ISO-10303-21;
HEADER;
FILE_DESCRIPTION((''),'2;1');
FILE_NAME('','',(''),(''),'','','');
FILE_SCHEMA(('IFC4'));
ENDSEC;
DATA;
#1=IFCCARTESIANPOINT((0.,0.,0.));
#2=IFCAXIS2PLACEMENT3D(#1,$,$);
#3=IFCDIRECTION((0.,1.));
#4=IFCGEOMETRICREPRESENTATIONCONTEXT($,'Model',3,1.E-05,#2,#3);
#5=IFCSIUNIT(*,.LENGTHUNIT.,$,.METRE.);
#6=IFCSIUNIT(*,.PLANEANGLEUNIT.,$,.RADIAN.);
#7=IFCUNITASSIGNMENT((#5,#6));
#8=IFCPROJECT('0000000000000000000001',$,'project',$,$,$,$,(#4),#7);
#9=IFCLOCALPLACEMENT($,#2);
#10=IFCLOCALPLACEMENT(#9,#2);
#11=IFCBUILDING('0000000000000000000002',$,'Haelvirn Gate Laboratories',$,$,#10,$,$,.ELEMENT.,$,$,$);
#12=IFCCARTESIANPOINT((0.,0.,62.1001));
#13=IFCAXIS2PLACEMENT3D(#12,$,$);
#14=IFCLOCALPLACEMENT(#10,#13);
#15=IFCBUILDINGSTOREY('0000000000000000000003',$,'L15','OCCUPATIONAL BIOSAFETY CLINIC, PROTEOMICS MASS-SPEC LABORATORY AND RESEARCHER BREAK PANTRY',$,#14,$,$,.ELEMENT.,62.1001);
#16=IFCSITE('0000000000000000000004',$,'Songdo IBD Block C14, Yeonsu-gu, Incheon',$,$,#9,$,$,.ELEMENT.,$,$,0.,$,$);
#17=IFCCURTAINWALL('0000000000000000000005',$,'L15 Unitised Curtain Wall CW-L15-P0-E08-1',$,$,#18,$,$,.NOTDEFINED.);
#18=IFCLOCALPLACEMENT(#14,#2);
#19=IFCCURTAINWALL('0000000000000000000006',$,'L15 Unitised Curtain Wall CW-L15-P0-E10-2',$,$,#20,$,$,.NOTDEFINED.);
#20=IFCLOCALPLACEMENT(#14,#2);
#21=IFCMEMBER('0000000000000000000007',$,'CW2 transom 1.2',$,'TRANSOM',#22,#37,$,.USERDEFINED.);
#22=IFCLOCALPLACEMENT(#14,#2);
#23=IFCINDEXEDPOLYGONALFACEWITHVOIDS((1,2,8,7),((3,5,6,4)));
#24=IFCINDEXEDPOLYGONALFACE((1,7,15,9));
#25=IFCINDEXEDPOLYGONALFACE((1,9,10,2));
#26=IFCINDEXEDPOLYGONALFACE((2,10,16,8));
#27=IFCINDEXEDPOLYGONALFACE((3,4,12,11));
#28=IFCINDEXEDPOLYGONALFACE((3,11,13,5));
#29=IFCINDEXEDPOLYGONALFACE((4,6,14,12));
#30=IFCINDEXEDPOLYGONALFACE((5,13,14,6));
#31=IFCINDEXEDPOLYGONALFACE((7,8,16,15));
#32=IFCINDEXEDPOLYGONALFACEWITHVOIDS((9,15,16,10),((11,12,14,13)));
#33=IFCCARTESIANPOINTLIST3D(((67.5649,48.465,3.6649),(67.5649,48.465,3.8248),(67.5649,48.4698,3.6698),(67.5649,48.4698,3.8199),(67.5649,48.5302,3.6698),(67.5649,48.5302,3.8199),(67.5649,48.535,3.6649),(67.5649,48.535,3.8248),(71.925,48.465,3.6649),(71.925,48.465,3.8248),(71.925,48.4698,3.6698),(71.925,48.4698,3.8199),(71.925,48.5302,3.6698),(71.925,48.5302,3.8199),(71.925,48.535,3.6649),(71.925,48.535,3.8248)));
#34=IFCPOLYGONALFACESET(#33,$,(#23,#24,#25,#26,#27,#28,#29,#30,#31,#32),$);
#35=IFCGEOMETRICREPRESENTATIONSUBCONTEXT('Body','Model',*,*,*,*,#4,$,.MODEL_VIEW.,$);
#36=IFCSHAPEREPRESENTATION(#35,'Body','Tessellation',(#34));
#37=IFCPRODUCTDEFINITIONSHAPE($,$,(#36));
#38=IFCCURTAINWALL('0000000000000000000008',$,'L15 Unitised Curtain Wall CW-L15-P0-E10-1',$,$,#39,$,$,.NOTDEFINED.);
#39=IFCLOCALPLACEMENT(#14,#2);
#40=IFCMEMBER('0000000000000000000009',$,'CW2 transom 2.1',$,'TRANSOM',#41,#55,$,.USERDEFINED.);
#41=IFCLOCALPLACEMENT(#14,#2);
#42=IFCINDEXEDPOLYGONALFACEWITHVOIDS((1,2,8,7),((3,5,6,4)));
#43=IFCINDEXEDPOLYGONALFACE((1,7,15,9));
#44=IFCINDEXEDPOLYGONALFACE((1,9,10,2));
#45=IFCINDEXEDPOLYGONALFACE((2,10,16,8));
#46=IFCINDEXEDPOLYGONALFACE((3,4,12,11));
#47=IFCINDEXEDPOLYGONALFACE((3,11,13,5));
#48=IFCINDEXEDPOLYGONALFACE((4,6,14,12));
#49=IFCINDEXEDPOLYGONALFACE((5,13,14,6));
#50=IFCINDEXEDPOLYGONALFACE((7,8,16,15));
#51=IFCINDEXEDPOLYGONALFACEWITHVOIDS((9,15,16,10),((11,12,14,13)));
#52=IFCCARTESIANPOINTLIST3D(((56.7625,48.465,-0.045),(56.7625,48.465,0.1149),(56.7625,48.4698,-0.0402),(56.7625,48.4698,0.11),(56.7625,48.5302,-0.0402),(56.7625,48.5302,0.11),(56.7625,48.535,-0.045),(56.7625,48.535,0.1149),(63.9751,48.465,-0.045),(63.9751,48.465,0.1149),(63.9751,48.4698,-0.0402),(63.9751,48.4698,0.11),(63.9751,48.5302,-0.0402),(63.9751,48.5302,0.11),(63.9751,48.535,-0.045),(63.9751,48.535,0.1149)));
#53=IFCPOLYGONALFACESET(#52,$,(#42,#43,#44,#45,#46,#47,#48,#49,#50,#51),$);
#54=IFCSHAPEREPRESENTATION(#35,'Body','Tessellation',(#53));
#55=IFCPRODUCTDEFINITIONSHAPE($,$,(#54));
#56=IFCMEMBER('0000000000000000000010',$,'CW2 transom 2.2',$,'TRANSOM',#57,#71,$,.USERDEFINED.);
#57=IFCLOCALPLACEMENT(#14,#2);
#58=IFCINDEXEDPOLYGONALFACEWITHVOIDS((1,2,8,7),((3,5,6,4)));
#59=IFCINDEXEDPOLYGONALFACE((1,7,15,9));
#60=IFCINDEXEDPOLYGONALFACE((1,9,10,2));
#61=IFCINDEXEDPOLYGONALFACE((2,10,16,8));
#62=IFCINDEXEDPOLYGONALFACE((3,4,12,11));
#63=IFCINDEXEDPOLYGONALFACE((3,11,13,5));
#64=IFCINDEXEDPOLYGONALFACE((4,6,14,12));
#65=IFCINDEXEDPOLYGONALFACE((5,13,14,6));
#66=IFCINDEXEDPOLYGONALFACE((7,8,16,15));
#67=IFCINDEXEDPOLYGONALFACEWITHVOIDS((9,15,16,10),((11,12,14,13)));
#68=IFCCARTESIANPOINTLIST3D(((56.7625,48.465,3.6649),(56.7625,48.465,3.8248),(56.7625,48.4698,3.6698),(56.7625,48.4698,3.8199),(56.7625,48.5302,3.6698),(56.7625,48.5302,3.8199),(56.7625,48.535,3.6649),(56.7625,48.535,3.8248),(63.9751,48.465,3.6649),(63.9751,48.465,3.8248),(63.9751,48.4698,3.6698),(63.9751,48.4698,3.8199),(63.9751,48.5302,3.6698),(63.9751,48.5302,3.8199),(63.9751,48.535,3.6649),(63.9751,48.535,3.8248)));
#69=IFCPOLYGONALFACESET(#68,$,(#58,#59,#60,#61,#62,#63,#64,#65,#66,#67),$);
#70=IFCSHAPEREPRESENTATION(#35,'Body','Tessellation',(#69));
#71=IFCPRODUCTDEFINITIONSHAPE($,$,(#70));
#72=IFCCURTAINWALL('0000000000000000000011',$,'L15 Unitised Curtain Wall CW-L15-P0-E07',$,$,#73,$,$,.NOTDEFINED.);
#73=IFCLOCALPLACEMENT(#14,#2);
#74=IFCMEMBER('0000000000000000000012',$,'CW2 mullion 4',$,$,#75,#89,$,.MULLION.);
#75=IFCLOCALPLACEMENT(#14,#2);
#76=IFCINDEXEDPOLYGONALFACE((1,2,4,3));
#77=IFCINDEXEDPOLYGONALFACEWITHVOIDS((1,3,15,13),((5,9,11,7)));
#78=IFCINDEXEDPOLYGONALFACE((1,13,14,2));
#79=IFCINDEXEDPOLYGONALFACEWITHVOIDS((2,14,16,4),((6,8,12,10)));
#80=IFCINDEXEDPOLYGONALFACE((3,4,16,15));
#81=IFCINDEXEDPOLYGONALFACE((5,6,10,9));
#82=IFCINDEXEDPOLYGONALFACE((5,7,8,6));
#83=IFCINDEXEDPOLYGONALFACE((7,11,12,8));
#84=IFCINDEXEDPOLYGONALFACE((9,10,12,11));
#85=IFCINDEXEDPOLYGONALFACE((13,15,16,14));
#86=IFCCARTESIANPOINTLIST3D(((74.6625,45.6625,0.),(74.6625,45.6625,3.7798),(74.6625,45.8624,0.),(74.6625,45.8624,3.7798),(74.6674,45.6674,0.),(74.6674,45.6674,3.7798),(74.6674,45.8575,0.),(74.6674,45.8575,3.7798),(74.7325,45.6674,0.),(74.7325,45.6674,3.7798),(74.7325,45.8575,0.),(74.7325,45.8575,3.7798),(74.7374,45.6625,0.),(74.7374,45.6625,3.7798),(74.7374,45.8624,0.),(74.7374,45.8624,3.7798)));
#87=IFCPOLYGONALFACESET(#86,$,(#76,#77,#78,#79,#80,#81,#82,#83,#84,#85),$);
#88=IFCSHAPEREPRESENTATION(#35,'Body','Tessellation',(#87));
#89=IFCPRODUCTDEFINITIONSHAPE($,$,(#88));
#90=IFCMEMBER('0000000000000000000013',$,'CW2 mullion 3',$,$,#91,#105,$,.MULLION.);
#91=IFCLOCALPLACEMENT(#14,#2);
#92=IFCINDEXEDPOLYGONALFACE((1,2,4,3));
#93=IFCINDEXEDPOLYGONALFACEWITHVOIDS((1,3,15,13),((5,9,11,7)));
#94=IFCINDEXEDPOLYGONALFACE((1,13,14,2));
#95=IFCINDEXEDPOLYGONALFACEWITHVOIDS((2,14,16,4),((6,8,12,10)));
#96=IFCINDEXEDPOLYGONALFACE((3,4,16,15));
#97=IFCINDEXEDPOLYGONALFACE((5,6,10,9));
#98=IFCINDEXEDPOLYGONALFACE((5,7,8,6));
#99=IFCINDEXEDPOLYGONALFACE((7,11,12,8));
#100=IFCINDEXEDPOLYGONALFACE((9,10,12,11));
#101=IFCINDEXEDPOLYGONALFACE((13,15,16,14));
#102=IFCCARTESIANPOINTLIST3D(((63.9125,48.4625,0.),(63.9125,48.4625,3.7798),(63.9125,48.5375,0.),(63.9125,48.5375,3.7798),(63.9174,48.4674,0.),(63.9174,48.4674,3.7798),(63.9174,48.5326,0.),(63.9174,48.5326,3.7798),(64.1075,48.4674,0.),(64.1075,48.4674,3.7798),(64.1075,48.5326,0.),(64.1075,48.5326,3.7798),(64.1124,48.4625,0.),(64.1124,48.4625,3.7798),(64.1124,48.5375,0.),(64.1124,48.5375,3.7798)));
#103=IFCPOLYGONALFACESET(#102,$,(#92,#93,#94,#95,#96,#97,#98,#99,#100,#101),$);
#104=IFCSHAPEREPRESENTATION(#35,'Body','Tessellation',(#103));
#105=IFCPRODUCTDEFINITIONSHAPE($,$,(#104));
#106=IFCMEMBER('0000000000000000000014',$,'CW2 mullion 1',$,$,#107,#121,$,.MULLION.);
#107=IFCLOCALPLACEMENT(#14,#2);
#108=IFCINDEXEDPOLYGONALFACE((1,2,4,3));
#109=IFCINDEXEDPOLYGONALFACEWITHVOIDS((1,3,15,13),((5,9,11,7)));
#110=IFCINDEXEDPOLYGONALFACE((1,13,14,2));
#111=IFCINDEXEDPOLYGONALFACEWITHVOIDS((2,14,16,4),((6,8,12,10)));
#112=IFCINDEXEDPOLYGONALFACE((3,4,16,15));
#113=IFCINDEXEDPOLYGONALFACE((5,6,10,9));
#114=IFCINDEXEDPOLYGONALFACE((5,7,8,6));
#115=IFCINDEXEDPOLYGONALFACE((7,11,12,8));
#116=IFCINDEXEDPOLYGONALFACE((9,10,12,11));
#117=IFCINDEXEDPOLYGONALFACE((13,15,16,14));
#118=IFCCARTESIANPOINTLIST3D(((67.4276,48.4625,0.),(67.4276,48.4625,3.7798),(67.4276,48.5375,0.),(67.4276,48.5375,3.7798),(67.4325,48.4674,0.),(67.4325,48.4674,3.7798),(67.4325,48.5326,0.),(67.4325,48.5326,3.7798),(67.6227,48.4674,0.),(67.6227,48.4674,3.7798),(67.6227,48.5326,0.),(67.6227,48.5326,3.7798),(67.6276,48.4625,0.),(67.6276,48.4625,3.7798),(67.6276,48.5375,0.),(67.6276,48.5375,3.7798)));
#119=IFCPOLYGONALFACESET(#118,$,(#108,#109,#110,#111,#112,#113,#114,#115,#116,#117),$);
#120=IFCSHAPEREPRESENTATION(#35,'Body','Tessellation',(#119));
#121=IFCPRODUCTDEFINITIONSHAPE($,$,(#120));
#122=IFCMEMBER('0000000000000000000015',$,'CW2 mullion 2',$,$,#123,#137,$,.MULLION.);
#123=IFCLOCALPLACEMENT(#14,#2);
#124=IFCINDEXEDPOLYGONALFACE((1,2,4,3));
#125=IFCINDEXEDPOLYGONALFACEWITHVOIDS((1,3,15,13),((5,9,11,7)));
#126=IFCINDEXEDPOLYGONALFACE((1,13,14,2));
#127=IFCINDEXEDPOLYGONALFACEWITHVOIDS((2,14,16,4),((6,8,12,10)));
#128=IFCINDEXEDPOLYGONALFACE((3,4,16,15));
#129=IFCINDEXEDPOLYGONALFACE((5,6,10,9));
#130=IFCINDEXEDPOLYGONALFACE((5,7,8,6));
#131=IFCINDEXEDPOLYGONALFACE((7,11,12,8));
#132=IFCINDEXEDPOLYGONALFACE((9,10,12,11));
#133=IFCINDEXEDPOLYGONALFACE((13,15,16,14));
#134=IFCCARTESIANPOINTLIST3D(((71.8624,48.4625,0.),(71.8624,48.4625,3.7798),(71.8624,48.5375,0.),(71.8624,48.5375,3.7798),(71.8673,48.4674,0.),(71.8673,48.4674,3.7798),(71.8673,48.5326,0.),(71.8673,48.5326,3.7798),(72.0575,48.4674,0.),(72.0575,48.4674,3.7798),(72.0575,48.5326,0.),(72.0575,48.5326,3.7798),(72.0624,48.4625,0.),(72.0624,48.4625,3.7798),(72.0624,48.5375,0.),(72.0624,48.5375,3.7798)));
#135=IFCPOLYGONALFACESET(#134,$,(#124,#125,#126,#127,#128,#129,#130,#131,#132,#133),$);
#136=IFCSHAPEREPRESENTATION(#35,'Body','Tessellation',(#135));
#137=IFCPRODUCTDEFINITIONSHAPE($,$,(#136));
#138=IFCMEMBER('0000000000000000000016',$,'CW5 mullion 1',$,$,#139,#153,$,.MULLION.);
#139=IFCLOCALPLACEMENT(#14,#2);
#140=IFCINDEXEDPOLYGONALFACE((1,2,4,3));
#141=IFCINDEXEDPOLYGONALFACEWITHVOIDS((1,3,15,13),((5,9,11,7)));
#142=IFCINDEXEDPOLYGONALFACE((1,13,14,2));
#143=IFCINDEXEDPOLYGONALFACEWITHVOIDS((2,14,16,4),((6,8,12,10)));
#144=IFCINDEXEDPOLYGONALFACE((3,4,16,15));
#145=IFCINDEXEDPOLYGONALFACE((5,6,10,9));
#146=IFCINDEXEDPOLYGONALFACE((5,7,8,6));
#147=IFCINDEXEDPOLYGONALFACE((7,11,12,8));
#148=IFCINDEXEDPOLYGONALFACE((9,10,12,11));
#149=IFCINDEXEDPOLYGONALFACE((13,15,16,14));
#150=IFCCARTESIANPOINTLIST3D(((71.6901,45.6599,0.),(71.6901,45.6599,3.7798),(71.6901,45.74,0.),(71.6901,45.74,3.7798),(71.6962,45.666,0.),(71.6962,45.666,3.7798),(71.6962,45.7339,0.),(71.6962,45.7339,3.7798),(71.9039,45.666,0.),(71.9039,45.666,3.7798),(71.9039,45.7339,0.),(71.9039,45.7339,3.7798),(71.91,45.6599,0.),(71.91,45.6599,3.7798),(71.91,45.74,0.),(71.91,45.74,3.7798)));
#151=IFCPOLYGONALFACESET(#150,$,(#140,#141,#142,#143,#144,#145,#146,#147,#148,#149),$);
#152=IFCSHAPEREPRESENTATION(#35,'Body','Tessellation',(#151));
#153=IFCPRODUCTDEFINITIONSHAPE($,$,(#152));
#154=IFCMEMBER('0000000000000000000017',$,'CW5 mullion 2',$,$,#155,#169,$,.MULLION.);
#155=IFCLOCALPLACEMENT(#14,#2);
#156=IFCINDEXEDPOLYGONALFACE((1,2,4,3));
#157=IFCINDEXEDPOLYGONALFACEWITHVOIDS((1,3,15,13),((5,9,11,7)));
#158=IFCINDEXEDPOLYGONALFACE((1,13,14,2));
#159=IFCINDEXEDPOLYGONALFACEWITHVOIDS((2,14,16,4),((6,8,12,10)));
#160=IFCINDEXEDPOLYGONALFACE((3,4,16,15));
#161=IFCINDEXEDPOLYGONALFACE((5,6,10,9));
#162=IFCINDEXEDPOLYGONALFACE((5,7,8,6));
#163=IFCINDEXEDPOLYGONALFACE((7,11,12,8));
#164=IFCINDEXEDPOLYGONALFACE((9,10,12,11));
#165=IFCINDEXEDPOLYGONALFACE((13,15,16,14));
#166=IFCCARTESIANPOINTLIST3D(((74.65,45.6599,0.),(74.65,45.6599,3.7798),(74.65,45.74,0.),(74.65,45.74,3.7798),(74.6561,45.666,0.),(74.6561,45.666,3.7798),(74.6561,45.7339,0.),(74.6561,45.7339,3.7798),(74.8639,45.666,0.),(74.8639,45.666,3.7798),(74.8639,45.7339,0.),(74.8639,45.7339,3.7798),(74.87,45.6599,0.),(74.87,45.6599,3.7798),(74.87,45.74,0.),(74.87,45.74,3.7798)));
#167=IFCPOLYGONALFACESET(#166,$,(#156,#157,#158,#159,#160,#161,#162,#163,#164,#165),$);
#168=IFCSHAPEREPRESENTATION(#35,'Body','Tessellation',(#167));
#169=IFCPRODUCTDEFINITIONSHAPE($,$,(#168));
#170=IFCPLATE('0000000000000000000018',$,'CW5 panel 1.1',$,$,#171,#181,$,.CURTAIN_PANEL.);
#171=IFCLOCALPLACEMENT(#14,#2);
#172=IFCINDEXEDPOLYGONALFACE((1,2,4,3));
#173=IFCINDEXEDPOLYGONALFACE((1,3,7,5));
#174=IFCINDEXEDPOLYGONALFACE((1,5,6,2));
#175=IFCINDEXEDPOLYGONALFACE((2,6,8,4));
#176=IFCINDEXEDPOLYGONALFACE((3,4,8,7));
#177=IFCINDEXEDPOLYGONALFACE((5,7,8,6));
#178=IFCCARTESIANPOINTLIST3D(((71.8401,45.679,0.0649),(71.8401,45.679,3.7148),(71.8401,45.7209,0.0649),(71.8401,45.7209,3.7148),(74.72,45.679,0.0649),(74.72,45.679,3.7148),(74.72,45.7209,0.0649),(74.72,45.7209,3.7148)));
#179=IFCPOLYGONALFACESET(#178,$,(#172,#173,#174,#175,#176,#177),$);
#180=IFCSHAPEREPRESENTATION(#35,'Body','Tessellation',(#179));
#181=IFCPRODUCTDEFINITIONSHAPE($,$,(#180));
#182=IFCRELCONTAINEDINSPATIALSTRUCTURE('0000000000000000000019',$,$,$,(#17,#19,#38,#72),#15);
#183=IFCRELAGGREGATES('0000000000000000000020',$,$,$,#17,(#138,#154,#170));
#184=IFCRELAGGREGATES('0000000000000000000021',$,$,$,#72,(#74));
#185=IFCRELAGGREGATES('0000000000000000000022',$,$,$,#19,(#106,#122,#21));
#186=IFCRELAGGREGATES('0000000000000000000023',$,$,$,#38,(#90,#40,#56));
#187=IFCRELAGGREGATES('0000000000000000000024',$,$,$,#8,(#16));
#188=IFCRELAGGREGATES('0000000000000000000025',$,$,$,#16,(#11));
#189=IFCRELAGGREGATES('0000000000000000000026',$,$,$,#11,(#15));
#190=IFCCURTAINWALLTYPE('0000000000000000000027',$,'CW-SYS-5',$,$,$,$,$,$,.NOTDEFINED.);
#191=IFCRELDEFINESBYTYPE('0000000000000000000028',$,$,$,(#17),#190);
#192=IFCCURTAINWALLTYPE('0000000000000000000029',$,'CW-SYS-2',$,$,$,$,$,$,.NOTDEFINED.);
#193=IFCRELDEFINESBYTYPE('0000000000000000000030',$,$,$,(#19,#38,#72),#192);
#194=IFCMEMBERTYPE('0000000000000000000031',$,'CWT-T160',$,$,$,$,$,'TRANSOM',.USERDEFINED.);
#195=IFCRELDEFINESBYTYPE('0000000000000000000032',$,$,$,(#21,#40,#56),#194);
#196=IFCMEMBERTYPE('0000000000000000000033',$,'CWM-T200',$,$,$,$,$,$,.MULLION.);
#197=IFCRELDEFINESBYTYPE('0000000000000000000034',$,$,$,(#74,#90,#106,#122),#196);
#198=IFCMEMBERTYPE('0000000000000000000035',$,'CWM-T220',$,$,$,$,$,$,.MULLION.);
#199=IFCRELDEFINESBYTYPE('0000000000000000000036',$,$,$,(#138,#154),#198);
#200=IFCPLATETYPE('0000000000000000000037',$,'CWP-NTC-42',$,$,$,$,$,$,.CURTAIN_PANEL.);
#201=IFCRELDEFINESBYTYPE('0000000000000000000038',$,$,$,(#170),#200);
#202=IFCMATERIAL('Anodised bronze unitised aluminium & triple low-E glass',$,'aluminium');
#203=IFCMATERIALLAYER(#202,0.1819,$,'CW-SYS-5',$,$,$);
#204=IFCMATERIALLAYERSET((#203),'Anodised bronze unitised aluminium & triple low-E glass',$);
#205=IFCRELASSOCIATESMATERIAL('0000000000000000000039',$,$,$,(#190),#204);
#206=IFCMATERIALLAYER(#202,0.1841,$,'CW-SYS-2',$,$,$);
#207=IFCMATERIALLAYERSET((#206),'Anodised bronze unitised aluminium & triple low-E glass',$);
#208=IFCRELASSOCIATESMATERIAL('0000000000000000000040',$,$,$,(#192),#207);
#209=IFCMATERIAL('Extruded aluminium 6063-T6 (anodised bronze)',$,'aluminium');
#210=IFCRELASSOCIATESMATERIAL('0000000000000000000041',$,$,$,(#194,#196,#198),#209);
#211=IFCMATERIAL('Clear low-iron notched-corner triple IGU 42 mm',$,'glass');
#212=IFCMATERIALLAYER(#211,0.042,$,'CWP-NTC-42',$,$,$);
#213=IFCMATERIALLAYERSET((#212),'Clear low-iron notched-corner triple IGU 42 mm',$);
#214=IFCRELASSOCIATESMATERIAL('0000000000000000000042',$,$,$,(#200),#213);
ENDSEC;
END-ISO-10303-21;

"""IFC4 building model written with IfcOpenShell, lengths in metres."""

from ifc_helpers import new_model, si_unit, direction, frame, origin, origin_2d, place, context, subcontext, project, spatial, rectangle, hollow_rectangle, extrude, source, transform, mapped, material, layer, layer_set, material_profile, profile_set, type_object, type_shapes, element, aggregate, save


model = new_model("IFC4")

# Units and contexts
model_context = context("Model", 3, precision=1e-05, world=origin(), true_north=direction((0.0, 1.0)))
body_context = subcontext(model_context, "Body", "Model", "MODEL_VIEW")
ifc_project = project(units=[si_unit("LENGTHUNIT", "METRE"), si_unit("PLANEANGLEUNIT", "RADIAN")], contexts=[model_context])

# Site, building, storey
site_placement = place(None, origin())
site = spatial("IfcSite", under=ifc_project, at=site_placement, Name="Songdo IBD Block C14, Yeonsu-gu, Incheon", CompositionType="ELEMENT", RefElevation=0.0)
building_placement = place(site_placement, origin())
building = spatial("IfcBuilding", under=site, at=building_placement, Name="Haelvirn Gate Laboratories", CompositionType="ELEMENT")
storey_placement = place(building_placement, frame((0.0, 0.0, 62.1001)))
storey = spatial("IfcBuildingStorey", under=building, at=storey_placement, Name="L15", Description="OCCUPATIONAL BIOSAFETY CLINIC, PROTEOMICS MASS-SPEC LABORATORY AND RESEARCHER BREAK PANTRY", CompositionType="ELEMENT", Elevation=62.1001)

# Curtain walls, members
ifc_material_1 = material(Name="Anodised bronze unitised aluminium & triple low-E glass", Category="aluminium")
ifc_layer_1 = layer(ifc_material_1, 0.1819, Name="CW-SYS-5")
ifc_layer_set_1 = layer_set([ifc_layer_1], Name="Anodised bronze unitised aluminium & triple low-E glass")
curtain_wall_type_1 = type_object("IfcCurtainWallType", Name="CW-SYS-5", PredefinedType="NOTDEFINED", material=ifc_layer_set_1)
curtain_wall_1_placement = place(storey_placement, origin())
curtain_wall_1 = element("IfcCurtainWall", 1, at=curtain_wall_1_placement, inside=storey, type_object=curtain_wall_type_1, Name="L15 Unitised Curtain Wall CW-L15-P0-E08-1", PredefinedType="NOTDEFINED")
ifc_material_2 = material(Name="Extruded aluminium 6063-T6 (anodised bronze)", Category="aluminium")
ifc_layer_2 = layer(ifc_material_1, 0.1841, Name="CW-SYS-2")
ifc_layer_set_2 = layer_set([ifc_layer_2], Name="Anodised bronze unitised aluminium & triple low-E glass")
curtain_wall_type_2 = type_object("IfcCurtainWallType", Name="CW-SYS-2", PredefinedType="NOTDEFINED", material=ifc_layer_set_2)
curtain_wall_2_placement = place(storey_placement, origin())
curtain_wall_2 = element("IfcCurtainWall", 2, at=curtain_wall_2_placement, inside=storey, type_object=curtain_wall_type_2, Name="L15 Unitised Curtain Wall CW-L15-P0-E10-2", PredefinedType="NOTDEFINED")
ifc_material_profile_1 = material_profile(ifc_material_2, hollow_rectangle(XDim=0.0701, YDim=0.1599, WallThickness=0.0049, at=origin_2d()), Name="CWT-160x70x5")
ifc_profile_set_1 = profile_set([ifc_material_profile_1], Name="Extruded aluminium 6063-T6 (anodised bronze)")
member_type_1 = type_object("IfcMemberType", Name="CWT-T160", ElementType="TRANSOM", PredefinedType="USERDEFINED", material=ifc_profile_set_1)
shared_shape_1 = source(origin(), body_context, "Body", "SweptSolid", [
    extrude(hollow_rectangle(XDim=0.0701, YDim=0.1599, WallThickness=0.0049, at=origin_2d()), origin(), (0.0, 0.0, 1.0), 4.3601),
])
member_1_placement = place(storey_placement, frame((67.5649, 48.5, 3.7449), z_axis=(1.0, 0.0, 0.0), x_axis=(0.0, 1.0, 0.0)))
member_1 = element("IfcMember", 3, at=member_1_placement, type_object=member_type_1, Name="CW2 transom 1.2", ObjectType="TRANSOM", PredefinedType="USERDEFINED", context=body_context, shape_type="MappedRepresentation", body=[
    mapped(shared_shape_1, transform((0.0, 0.0, 0.0), scale=1.0)),
])
curtain_wall_3_placement = place(storey_placement, origin())
curtain_wall_3 = element("IfcCurtainWall", 4, at=curtain_wall_3_placement, inside=storey, type_object=curtain_wall_type_2, Name="L15 Unitised Curtain Wall CW-L15-P0-E10-1", PredefinedType="NOTDEFINED")
shared_shape_2 = source(origin(), body_context, "Body", "SweptSolid", [
    extrude(hollow_rectangle(XDim=0.0701, YDim=0.1599, WallThickness=0.0049, at=origin_2d()), origin(), (0.0, 0.0, 1.0), 7.2126),
])
type_shapes(member_type_1, [shared_shape_1, shared_shape_2])
member_2_placement = place(storey_placement, frame((56.7625, 48.5, 0.0349), z_axis=(1.0, 0.0, 0.0), x_axis=(0.0, 1.0, 0.0)))
member_2 = element("IfcMember", 5, at=member_2_placement, type_object=member_type_1, Name="CW2 transom 2.1", ObjectType="TRANSOM", PredefinedType="USERDEFINED", context=body_context, shape_type="MappedRepresentation", body=[
    mapped(shared_shape_2, transform((0.0, 0.0, 0.0), scale=1.0)),
])
member_3_placement = place(storey_placement, frame((56.7625, 48.5, 3.7449), z_axis=(1.0, 0.0, 0.0), x_axis=(0.0, 1.0, 0.0)))
member_3 = element("IfcMember", 6, at=member_3_placement, type_object=member_type_1, Name="CW2 transom 2.2", ObjectType="TRANSOM", PredefinedType="USERDEFINED", context=body_context, shape_type="MappedRepresentation", body=[
    mapped(shared_shape_2, transform((0.0, 0.0, 0.0), scale=1.0)),
])

# Curtain wall, member
curtain_wall_4_placement = place(storey_placement, origin())
curtain_wall_4 = element("IfcCurtainWall", 7, at=curtain_wall_4_placement, inside=storey, type_object=curtain_wall_type_2, Name="L15 Unitised Curtain Wall CW-L15-P0-E07", PredefinedType="NOTDEFINED")
ifc_material_profile_2 = material_profile(ifc_material_2, hollow_rectangle(XDim=0.075, YDim=0.2, WallThickness=0.0049, at=origin_2d()), Name="CWM-200x75x5")
ifc_profile_set_2 = profile_set([ifc_material_profile_2], Name="Extruded aluminium 6063-T6 (anodised bronze)")
member_type_2 = type_object("IfcMemberType", Name="CWM-T200", PredefinedType="MULLION", material=ifc_profile_set_2)
shared_shape_3 = source(origin(), body_context, "Body", "SweptSolid", [
    extrude(hollow_rectangle(XDim=0.075, YDim=0.2, WallThickness=0.0049, at=origin_2d()), origin(), (0.0, 0.0, 1.0), 3.7798),
])
type_shapes(member_type_2, [shared_shape_3])
member_4_placement = place(storey_placement, frame((74.7, 45.7625, 0.0), z_axis=(0.0, 0.0, 1.0), x_axis=(-1.0, 0.0, 0.0)))
member_4 = element("IfcMember", 8, at=member_4_placement, type_object=member_type_2, Name="CW2 mullion 4", PredefinedType="MULLION", context=body_context, shape_type="MappedRepresentation", body=[
    mapped(shared_shape_3, transform((0.0, 0.0, 0.0), scale=1.0)),
])

# Members
member_5_placement = place(storey_placement, frame((64.0125, 48.5, 0.0), z_axis=(0.0, 0.0, 1.0), x_axis=(0.0, 1.0, 0.0)))
member_5 = element("IfcMember", 9, at=member_5_placement, type_object=member_type_2, Name="CW2 mullion 3", PredefinedType="MULLION", context=body_context, shape_type="MappedRepresentation", body=[
    mapped(shared_shape_3, transform((0.0, 0.0, 0.0), scale=1.0)),
])
member_6_placement = place(storey_placement, frame((67.5276, 48.5, 0.0), z_axis=(0.0, 0.0, 1.0), x_axis=(0.0, 1.0, 0.0)))
member_6 = element("IfcMember", 10, at=member_6_placement, type_object=member_type_2, Name="CW2 mullion 1", PredefinedType="MULLION", context=body_context, shape_type="MappedRepresentation", body=[
    mapped(shared_shape_3, transform((0.0, 0.0, 0.0), scale=1.0)),
])
member_7_placement = place(storey_placement, frame((71.9624, 48.5, 0.0), z_axis=(0.0, 0.0, 1.0), x_axis=(0.0, 1.0, 0.0)))
member_7 = element("IfcMember", 11, at=member_7_placement, type_object=member_type_2, Name="CW2 mullion 2", PredefinedType="MULLION", context=body_context, shape_type="MappedRepresentation", body=[
    mapped(shared_shape_3, transform((0.0, 0.0, 0.0), scale=1.0)),
])
ifc_material_profile_3 = material_profile(ifc_material_2, hollow_rectangle(XDim=0.0801, YDim=0.22, WallThickness=0.0061, at=origin_2d()), Name="CWM-220x80x6")
ifc_profile_set_3 = profile_set([ifc_material_profile_3], Name="Extruded aluminium 6063-T6 (anodised bronze)")
member_type_3 = type_object("IfcMemberType", Name="CWM-T220", PredefinedType="MULLION", material=ifc_profile_set_3)
shared_shape_4 = source(origin(), body_context, "Body", "SweptSolid", [
    extrude(hollow_rectangle(XDim=0.0801, YDim=0.22, WallThickness=0.0061, at=origin_2d()), origin(), (0.0, 0.0, 1.0), 3.7798),
])
type_shapes(member_type_3, [shared_shape_4])
member_8_placement = place(storey_placement, frame((71.8, 45.7, 0.0), z_axis=(0.0, 0.0, 1.0), x_axis=(0.0, 1.0, 0.0)))
member_8 = element("IfcMember", 12, at=member_8_placement, type_object=member_type_3, Name="CW5 mullion 1", PredefinedType="MULLION", context=body_context, shape_type="MappedRepresentation", body=[
    mapped(shared_shape_4, transform((0.0, 0.0, 0.0), scale=1.0)),
])
member_9_placement = place(storey_placement, frame((74.76, 45.7, 0.0), z_axis=(0.0, 0.0, 1.0), x_axis=(0.0, 1.0, 0.0)))
member_9 = element("IfcMember", 13, at=member_9_placement, type_object=member_type_3, Name="CW5 mullion 2", PredefinedType="MULLION", context=body_context, shape_type="MappedRepresentation", body=[
    mapped(shared_shape_4, transform((0.0, 0.0, 0.0), scale=1.0)),
])

# Plate
ifc_material_3 = material(Name="Clear low-iron notched-corner triple IGU 42 mm", Category="glass")
ifc_layer_3 = layer(ifc_material_3, 0.042, Name="CWP-NTC-42")
ifc_layer_set_3 = layer_set([ifc_layer_3], Name="Clear low-iron notched-corner triple IGU 42 mm")
plate_type_1 = type_object("IfcPlateType", Name="CWP-NTC-42", PredefinedType="CURTAIN_PANEL", material=ifc_layer_set_3)
shared_shape_5 = source(origin(), body_context, "Body", "SweptSolid", [
    extrude(rectangle(XDim=2.8799, YDim=0.042, at=origin_2d()), origin(), (0.0, 0.0, 1.0), 3.6499),
])
type_shapes(plate_type_1, [shared_shape_5])
plate_1_placement = place(storey_placement, frame((73.28, 45.7, 0.0649), z_axis=(0.0, 0.0, 1.0), x_axis=(1.0, 0.0, 0.0)))
plate_1 = element("IfcPlate", 14, at=plate_1_placement, type_object=plate_type_1, Name="CW5 panel 1.1", PredefinedType="CURTAIN_PANEL", context=body_context, shape_type="MappedRepresentation", body=[
    mapped(shared_shape_5, transform((0.0, 0.0, 0.0), scale=1.0)),
])
aggregate(curtain_wall_1, [member_8, member_9, plate_1])
aggregate(curtain_wall_4, [member_4])
aggregate(curtain_wall_2, [member_6, member_7, member_1])
aggregate(curtain_wall_3, [member_5, member_2, member_3])

save(model, "model.ifc")
